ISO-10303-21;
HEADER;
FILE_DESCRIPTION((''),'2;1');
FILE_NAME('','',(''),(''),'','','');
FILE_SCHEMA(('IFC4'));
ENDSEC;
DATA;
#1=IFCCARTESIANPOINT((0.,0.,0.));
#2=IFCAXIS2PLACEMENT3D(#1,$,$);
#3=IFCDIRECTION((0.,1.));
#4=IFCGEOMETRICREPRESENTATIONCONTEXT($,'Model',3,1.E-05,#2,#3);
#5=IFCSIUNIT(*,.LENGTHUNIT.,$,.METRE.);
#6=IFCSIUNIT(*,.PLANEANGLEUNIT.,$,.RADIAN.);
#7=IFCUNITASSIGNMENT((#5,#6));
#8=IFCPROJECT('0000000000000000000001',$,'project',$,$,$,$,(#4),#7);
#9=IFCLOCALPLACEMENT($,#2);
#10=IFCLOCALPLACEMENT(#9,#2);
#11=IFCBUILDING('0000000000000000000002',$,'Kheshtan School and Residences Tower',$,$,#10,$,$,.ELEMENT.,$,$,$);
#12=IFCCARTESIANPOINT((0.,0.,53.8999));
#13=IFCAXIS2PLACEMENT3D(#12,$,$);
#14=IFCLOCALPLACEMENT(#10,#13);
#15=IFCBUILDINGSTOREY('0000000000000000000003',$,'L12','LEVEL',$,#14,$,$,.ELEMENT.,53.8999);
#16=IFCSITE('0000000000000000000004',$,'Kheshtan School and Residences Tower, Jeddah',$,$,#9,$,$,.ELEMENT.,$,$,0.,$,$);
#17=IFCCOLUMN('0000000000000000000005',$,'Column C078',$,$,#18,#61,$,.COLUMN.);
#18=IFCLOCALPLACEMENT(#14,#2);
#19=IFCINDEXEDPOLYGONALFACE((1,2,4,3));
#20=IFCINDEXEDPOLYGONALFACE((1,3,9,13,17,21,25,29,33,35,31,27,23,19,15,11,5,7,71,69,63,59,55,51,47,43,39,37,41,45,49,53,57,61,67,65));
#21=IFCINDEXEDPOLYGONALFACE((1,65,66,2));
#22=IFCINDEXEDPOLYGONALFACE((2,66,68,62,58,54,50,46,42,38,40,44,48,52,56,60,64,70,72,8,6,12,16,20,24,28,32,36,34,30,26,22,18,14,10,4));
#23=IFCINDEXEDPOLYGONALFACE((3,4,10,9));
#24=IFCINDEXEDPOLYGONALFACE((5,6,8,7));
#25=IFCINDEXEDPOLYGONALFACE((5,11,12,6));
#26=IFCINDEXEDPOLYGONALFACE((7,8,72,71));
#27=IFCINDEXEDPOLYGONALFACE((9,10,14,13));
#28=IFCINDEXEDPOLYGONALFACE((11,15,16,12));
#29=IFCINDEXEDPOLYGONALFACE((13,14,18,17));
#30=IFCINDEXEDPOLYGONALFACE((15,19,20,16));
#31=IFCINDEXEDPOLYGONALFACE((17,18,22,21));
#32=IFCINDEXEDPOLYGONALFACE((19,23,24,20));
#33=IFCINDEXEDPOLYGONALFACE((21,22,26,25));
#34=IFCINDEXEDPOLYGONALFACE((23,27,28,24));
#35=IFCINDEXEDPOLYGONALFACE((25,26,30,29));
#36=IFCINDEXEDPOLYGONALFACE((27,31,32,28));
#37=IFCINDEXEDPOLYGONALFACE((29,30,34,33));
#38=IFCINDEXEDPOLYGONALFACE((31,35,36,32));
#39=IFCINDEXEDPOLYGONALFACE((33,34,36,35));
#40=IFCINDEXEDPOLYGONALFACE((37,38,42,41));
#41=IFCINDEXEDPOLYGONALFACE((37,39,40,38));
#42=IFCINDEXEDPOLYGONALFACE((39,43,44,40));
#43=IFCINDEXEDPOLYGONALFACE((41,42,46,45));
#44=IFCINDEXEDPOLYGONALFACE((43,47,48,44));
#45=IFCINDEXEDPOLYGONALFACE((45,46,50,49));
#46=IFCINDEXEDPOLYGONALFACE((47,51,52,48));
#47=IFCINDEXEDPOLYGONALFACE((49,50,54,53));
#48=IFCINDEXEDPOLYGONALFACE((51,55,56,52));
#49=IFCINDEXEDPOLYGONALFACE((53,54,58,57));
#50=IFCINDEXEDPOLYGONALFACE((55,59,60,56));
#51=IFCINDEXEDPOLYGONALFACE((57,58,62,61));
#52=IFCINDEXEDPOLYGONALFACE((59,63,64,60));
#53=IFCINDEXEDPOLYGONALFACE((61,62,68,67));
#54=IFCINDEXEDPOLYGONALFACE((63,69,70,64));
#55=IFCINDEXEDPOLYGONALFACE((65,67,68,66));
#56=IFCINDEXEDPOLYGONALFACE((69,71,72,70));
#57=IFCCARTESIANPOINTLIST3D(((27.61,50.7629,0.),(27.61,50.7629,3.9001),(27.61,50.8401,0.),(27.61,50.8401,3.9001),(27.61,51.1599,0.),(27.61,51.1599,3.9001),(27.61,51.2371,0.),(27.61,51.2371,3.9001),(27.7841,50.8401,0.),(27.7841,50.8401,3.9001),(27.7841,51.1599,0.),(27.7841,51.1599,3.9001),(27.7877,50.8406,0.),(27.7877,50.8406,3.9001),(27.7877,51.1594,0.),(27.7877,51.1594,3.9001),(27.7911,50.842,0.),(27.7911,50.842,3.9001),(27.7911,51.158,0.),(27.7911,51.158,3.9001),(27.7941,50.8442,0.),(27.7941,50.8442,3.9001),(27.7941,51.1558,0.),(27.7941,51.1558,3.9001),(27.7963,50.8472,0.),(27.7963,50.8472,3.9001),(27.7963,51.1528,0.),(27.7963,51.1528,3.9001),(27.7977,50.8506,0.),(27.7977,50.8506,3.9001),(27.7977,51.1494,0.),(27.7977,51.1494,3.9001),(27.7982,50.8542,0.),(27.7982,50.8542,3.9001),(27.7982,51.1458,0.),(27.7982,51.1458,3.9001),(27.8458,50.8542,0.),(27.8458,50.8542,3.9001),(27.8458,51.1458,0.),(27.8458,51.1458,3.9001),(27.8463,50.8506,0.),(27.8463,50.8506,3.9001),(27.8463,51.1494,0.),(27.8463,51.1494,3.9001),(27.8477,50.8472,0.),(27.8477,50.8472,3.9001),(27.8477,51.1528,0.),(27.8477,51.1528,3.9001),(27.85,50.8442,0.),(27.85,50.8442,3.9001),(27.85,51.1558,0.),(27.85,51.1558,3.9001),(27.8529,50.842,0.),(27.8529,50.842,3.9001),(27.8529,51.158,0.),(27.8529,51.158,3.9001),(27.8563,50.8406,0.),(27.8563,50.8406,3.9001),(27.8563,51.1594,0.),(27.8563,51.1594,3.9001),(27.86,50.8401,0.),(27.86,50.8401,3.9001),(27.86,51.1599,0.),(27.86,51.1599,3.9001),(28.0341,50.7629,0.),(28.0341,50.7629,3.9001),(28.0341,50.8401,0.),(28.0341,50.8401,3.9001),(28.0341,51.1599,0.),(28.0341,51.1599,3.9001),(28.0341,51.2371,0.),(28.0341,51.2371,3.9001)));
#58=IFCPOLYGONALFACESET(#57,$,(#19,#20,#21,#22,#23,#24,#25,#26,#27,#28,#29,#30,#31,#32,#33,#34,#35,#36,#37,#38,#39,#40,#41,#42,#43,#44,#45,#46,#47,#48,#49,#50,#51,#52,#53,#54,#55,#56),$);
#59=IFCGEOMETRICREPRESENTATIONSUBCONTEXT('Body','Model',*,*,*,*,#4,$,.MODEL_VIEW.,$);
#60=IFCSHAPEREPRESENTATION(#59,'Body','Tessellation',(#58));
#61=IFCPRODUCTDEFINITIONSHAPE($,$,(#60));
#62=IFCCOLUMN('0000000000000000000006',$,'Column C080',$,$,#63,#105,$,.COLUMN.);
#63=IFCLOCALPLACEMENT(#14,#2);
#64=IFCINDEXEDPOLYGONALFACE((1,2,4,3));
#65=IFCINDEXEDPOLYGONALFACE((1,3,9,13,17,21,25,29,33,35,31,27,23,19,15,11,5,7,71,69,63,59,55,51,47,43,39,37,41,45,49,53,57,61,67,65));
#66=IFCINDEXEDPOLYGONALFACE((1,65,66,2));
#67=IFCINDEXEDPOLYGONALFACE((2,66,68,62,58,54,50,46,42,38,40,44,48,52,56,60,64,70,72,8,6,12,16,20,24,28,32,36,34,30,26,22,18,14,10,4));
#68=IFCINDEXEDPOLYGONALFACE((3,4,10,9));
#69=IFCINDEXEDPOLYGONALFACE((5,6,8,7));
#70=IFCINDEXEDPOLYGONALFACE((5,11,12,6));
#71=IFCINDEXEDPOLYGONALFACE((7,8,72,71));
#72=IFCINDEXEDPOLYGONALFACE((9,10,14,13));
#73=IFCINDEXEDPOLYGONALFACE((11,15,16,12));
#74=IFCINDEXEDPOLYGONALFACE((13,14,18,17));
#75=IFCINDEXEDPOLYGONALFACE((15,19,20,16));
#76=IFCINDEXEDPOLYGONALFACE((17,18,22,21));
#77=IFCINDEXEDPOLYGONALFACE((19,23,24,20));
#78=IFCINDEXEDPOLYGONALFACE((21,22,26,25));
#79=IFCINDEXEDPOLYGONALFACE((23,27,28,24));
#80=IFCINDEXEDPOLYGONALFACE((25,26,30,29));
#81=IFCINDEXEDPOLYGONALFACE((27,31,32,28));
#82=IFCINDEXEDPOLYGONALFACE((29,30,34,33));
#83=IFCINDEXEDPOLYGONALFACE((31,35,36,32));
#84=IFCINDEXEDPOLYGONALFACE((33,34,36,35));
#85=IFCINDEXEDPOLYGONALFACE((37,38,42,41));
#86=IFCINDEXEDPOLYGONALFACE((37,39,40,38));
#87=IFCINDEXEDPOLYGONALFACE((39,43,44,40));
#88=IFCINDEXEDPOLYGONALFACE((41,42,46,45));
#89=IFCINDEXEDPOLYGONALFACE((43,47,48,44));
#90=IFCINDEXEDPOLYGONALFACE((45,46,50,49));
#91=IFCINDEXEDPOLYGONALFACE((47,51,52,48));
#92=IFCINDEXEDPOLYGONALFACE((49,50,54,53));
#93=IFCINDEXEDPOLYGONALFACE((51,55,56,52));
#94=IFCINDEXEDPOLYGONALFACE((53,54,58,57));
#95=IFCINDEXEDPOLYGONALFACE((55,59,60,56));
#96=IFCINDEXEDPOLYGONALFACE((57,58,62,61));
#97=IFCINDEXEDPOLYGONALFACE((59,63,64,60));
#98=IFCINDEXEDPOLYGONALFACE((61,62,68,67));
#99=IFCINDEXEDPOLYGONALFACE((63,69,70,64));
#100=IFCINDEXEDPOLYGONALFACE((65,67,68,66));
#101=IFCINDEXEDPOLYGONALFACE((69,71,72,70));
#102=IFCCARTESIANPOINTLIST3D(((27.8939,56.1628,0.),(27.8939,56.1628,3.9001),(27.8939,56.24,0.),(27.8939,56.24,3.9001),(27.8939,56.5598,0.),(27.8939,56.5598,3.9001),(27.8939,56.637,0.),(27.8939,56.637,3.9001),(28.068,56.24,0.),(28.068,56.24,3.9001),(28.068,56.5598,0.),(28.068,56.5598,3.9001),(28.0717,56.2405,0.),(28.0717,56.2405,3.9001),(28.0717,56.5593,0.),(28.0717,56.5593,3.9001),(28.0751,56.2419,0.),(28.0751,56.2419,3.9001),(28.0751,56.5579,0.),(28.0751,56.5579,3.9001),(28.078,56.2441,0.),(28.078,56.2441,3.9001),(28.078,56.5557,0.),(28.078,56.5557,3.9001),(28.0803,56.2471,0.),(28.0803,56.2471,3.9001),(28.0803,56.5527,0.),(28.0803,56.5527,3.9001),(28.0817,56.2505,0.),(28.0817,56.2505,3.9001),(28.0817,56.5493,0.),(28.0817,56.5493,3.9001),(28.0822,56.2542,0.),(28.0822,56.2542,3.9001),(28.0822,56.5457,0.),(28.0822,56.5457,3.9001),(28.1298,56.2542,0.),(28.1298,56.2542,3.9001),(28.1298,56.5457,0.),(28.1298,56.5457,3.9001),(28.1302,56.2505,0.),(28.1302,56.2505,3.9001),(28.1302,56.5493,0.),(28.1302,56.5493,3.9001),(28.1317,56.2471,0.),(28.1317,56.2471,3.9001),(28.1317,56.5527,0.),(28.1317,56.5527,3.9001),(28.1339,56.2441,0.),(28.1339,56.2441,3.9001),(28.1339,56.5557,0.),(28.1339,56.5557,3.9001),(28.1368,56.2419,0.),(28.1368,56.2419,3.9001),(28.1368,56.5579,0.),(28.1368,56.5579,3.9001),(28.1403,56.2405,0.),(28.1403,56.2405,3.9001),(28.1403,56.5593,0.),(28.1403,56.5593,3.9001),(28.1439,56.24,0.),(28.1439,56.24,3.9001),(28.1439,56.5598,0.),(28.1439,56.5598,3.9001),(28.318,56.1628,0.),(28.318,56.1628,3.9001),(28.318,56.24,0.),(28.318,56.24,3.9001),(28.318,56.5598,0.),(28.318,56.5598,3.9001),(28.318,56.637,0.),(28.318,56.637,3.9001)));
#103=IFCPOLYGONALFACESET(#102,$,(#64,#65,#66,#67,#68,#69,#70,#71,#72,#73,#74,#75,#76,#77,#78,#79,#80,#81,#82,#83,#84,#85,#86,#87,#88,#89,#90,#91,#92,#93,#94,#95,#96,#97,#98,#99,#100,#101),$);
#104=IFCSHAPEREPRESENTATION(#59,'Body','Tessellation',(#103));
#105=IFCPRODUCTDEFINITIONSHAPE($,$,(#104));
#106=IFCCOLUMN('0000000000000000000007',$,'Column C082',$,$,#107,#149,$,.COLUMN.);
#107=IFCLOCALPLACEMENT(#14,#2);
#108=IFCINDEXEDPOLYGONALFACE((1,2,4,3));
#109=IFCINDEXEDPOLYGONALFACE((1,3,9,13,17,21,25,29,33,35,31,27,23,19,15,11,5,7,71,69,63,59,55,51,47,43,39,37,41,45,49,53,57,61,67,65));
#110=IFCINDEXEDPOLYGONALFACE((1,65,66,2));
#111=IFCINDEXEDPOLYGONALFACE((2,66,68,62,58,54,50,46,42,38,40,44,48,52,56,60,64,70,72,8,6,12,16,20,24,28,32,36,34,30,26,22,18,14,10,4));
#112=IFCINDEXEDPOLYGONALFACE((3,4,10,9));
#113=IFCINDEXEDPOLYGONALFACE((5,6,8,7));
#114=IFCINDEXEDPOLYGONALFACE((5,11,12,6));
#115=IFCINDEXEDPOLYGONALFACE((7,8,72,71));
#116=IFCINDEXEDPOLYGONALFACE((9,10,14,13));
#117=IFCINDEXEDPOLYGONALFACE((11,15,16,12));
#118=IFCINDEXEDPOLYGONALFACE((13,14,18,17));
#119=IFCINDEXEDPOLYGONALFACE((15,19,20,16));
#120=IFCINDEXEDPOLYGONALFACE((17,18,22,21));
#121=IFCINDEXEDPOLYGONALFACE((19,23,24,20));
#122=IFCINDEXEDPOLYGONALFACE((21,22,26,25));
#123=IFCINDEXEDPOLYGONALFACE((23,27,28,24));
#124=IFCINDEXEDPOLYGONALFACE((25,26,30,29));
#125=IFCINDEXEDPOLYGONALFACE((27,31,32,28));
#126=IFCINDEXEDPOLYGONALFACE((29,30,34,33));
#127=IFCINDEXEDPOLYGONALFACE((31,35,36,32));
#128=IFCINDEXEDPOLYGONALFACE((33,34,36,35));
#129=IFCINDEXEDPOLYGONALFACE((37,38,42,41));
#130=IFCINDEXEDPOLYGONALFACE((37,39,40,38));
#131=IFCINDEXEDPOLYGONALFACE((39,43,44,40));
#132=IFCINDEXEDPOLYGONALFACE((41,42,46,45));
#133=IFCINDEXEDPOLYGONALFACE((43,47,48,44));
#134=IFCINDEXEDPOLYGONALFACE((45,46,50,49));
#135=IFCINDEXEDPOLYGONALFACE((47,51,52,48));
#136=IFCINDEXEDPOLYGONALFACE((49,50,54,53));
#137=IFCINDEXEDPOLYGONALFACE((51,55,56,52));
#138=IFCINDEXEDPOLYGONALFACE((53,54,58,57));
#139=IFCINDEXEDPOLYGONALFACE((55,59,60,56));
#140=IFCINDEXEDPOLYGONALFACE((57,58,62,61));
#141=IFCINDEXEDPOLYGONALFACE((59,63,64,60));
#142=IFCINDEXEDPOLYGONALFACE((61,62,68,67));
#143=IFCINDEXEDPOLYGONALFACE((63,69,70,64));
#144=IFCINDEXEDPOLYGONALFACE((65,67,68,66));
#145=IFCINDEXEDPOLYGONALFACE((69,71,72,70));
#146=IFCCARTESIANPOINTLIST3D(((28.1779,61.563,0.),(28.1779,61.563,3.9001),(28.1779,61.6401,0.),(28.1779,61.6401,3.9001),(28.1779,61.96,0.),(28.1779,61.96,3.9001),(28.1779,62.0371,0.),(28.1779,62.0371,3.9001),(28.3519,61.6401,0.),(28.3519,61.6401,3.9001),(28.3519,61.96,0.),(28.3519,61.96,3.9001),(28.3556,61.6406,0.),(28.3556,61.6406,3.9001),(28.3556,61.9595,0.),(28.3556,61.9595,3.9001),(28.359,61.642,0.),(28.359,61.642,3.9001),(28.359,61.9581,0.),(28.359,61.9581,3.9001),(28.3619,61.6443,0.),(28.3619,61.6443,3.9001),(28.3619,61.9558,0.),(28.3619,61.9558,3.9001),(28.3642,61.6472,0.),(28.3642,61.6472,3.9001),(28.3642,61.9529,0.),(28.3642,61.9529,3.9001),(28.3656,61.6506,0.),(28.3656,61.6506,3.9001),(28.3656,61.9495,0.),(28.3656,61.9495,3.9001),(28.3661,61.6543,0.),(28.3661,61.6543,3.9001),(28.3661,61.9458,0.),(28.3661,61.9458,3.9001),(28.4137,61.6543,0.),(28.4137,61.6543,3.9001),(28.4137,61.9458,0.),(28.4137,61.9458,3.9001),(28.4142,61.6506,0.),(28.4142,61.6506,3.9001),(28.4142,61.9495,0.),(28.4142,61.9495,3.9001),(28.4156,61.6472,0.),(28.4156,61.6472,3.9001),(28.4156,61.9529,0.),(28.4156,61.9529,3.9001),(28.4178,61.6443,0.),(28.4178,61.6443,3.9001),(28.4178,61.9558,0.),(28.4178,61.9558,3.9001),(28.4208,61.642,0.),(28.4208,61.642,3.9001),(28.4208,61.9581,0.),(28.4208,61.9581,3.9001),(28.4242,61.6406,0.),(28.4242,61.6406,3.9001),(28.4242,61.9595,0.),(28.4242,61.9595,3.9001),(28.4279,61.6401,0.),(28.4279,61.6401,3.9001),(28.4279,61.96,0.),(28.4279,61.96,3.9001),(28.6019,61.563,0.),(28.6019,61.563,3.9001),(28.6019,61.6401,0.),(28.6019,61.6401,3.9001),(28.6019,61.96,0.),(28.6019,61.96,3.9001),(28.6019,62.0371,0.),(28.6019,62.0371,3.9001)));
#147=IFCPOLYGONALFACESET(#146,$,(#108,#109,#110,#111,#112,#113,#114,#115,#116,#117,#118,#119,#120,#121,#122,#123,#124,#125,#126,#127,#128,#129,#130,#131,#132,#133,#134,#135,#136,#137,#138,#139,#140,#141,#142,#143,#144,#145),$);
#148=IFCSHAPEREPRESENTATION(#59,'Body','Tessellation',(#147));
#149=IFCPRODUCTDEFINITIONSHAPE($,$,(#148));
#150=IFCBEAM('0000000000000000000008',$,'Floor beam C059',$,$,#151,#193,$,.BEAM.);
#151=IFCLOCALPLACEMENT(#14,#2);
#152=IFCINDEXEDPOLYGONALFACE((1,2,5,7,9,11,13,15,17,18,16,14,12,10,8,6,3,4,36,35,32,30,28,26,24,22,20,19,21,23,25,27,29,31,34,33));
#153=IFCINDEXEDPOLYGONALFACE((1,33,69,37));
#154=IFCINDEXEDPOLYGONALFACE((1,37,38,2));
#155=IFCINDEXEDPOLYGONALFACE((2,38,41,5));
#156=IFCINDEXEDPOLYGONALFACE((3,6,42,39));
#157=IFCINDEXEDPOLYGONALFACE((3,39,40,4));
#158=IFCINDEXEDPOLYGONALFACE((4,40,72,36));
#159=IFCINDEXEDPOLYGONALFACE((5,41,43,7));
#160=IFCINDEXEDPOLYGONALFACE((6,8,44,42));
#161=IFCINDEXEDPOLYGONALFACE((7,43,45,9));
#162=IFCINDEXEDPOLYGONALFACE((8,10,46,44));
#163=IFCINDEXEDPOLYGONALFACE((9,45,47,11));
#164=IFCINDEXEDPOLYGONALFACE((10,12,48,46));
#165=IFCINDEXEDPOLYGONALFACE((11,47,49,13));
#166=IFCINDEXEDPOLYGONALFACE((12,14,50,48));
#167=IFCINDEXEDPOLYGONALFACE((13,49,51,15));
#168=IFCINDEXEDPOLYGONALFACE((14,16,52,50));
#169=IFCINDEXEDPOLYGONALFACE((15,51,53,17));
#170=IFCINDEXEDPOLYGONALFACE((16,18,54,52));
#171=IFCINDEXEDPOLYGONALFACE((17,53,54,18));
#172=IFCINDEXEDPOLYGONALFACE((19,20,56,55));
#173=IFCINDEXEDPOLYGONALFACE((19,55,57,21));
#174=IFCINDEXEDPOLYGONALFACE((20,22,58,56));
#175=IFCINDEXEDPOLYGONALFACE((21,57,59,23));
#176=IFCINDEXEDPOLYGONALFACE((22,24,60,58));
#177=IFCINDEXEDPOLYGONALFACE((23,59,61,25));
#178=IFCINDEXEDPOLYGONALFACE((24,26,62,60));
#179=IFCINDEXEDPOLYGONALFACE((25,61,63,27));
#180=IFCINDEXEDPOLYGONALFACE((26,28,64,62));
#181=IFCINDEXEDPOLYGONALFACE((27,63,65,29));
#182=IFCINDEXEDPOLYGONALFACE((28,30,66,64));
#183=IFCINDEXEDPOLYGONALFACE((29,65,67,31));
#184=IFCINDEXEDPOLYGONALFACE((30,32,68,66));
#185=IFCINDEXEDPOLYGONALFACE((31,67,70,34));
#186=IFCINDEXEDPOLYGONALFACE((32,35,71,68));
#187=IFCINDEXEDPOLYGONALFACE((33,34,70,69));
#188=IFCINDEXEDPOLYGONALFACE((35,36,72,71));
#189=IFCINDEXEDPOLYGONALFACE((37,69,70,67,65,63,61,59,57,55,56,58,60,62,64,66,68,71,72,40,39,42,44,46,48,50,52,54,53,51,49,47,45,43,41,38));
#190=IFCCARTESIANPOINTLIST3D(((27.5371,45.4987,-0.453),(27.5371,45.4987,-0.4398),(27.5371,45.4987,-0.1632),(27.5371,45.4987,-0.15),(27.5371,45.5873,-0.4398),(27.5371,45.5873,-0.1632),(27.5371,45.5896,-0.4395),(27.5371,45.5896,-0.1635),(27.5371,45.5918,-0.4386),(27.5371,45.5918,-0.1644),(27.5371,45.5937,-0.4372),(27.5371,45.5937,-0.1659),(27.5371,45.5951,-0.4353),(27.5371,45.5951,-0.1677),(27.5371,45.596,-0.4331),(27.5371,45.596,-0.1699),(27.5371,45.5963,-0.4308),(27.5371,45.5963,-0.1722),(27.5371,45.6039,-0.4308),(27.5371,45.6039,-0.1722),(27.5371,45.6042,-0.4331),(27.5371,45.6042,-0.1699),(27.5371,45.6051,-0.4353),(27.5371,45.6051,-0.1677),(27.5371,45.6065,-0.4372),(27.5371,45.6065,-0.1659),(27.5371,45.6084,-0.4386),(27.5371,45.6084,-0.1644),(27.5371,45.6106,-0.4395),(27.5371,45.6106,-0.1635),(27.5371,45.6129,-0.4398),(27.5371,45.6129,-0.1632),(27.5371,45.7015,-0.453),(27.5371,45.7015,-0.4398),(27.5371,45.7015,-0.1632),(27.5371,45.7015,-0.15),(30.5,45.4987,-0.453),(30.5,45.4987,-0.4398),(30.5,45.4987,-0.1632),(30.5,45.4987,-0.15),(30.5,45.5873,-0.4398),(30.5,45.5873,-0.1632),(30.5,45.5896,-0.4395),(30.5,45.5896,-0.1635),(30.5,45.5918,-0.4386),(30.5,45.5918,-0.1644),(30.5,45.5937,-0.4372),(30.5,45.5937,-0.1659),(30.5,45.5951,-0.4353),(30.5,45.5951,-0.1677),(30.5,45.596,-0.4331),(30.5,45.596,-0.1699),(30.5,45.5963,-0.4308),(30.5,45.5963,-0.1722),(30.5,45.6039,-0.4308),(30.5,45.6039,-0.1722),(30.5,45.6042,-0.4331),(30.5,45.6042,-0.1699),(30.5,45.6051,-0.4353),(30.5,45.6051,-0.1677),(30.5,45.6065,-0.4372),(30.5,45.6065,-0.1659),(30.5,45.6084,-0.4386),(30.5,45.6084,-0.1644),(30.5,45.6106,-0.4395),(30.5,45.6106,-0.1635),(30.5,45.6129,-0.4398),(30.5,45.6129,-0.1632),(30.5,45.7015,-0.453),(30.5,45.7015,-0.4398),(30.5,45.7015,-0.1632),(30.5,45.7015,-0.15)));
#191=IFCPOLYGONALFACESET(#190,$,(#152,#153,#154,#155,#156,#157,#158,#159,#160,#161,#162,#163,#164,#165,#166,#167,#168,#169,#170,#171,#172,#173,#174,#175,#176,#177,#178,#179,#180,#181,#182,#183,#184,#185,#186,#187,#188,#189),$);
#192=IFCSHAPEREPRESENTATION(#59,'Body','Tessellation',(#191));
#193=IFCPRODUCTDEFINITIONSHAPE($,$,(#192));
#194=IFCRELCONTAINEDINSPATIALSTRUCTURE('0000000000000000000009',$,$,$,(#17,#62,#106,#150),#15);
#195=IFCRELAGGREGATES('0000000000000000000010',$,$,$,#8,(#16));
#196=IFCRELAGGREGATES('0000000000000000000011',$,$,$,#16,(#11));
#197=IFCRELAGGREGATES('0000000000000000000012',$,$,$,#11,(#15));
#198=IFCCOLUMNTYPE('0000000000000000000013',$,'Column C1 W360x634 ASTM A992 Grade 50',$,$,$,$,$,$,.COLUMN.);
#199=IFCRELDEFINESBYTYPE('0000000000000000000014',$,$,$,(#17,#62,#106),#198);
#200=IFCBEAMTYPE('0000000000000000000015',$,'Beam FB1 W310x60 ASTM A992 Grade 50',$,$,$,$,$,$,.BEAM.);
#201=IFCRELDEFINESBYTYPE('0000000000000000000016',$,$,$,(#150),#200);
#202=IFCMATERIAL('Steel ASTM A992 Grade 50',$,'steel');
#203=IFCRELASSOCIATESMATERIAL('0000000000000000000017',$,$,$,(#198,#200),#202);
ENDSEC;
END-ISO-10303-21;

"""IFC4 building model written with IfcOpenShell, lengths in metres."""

from ifc_helpers import new_model, si_unit, direction, frame, origin, origin_2d, place, context, subcontext, project, spatial, i_section, extrude, material, material_profile, profile_set, type_object, element, save


model = new_model("IFC4")

# Units and contexts
model_context = context("Model", 3, precision=1e-05, world=origin(), true_north=direction((0.0, 1.0)))
body_context = subcontext(model_context, "Body", "Model", "MODEL_VIEW")
ifc_project = project(units=[si_unit("LENGTHUNIT", "METRE"), si_unit("PLANEANGLEUNIT", "RADIAN")], contexts=[model_context])

# Site, building, storey
site_placement = place(None, origin())
site = spatial("IfcSite", under=ifc_project, at=site_placement, Name="Kheshtan School and Residences Tower, Jeddah", CompositionType="ELEMENT", RefElevation=0.0)
building_placement = place(site_placement, origin())
building = spatial("IfcBuilding", under=site, at=building_placement, Name="Kheshtan School and Residences Tower", CompositionType="ELEMENT")
storey_placement = place(building_placement, frame((0.0, 0.0, 53.8999)))
storey = spatial("IfcBuildingStorey", under=building, at=storey_placement, Name="L12", Description="LEVEL", CompositionType="ELEMENT", Elevation=53.8999)

# Columns
ifc_material_1 = material(Name="Steel ASTM A992 Grade 50", Category="steel")
ifc_material_profile_1 = material_profile(ifc_material_1, i_section(OverallWidth=0.4241, OverallDepth=0.4741, WebThickness=0.0476, FlangeThickness=0.0771, FilletRadius=0.0142, at=origin_2d()), Name="W360x634")
ifc_profile_set_1 = profile_set([ifc_material_profile_1], Name="Steel ASTM A992 Grade 50")
column_type = type_object("IfcColumnType", Name="Column C1 W360x634 ASTM A992 Grade 50", PredefinedType="COLUMN", material=ifc_profile_set_1)
for number, where, z_axis, x_axis, name in (
    (1, (27.822, 51.0, 0.0), (0.0, 0.0, 1.0), (1.0, 0.0, 0.0), "Column C078"),
    (2, (28.106, 56.3999, 0.0), (0.0, 0.0, 1.0), (1.0, 0.0, 0.0), "Column C080"),
    (3, (28.3899, 61.8, 0.0), (0.0, 0.0, 1.0), (1.0, 0.0, 0.0), "Column C082"),
):
    element("IfcColumn", number, at=place(storey_placement, frame(where, z_axis=z_axis, x_axis=x_axis)), inside=storey, type_object=column_type, Name=name, PredefinedType="COLUMN", context=body_context, shape_type="SweptSolid", body=[
        extrude(i_section(OverallWidth=0.4241, OverallDepth=0.4741, WebThickness=0.0476, FlangeThickness=0.0771, FilletRadius=0.0142, at=origin_2d()), origin(), (0.0, 0.0, 1.0), 3.9001),
    ])

# Beam
ifc_material_profile_2 = material_profile(ifc_material_1, i_section(OverallWidth=0.2029, OverallDepth=0.303, WebThickness=0.0076, FlangeThickness=0.0132, FilletRadius=0.009, at=origin_2d()), Name="W310x60")
ifc_profile_set_2 = profile_set([ifc_material_profile_2], Name="Steel ASTM A992 Grade 50")
beam_type_1 = type_object("IfcBeamType", Name="Beam FB1 W310x60 ASTM A992 Grade 50", PredefinedType="BEAM", material=ifc_profile_set_2)
beam_1_placement = place(storey_placement, frame((27.5371, 45.6001, -0.3015), z_axis=(1.0, 0.0, 0.0), x_axis=(0.0, 1.0, 0.0)))
element("IfcBeam", 4, at=beam_1_placement, inside=storey, type_object=beam_type_1, Name="Floor beam C059", PredefinedType="BEAM", context=body_context, shape_type="SweptSolid", body=[
    extrude(i_section(OverallWidth=0.2029, OverallDepth=0.303, WebThickness=0.0076, FlangeThickness=0.0132, FilletRadius=0.009, at=origin_2d()), origin(), (0.0, 0.0, 1.0), 2.9629),
])

save(model, "model.ifc")
